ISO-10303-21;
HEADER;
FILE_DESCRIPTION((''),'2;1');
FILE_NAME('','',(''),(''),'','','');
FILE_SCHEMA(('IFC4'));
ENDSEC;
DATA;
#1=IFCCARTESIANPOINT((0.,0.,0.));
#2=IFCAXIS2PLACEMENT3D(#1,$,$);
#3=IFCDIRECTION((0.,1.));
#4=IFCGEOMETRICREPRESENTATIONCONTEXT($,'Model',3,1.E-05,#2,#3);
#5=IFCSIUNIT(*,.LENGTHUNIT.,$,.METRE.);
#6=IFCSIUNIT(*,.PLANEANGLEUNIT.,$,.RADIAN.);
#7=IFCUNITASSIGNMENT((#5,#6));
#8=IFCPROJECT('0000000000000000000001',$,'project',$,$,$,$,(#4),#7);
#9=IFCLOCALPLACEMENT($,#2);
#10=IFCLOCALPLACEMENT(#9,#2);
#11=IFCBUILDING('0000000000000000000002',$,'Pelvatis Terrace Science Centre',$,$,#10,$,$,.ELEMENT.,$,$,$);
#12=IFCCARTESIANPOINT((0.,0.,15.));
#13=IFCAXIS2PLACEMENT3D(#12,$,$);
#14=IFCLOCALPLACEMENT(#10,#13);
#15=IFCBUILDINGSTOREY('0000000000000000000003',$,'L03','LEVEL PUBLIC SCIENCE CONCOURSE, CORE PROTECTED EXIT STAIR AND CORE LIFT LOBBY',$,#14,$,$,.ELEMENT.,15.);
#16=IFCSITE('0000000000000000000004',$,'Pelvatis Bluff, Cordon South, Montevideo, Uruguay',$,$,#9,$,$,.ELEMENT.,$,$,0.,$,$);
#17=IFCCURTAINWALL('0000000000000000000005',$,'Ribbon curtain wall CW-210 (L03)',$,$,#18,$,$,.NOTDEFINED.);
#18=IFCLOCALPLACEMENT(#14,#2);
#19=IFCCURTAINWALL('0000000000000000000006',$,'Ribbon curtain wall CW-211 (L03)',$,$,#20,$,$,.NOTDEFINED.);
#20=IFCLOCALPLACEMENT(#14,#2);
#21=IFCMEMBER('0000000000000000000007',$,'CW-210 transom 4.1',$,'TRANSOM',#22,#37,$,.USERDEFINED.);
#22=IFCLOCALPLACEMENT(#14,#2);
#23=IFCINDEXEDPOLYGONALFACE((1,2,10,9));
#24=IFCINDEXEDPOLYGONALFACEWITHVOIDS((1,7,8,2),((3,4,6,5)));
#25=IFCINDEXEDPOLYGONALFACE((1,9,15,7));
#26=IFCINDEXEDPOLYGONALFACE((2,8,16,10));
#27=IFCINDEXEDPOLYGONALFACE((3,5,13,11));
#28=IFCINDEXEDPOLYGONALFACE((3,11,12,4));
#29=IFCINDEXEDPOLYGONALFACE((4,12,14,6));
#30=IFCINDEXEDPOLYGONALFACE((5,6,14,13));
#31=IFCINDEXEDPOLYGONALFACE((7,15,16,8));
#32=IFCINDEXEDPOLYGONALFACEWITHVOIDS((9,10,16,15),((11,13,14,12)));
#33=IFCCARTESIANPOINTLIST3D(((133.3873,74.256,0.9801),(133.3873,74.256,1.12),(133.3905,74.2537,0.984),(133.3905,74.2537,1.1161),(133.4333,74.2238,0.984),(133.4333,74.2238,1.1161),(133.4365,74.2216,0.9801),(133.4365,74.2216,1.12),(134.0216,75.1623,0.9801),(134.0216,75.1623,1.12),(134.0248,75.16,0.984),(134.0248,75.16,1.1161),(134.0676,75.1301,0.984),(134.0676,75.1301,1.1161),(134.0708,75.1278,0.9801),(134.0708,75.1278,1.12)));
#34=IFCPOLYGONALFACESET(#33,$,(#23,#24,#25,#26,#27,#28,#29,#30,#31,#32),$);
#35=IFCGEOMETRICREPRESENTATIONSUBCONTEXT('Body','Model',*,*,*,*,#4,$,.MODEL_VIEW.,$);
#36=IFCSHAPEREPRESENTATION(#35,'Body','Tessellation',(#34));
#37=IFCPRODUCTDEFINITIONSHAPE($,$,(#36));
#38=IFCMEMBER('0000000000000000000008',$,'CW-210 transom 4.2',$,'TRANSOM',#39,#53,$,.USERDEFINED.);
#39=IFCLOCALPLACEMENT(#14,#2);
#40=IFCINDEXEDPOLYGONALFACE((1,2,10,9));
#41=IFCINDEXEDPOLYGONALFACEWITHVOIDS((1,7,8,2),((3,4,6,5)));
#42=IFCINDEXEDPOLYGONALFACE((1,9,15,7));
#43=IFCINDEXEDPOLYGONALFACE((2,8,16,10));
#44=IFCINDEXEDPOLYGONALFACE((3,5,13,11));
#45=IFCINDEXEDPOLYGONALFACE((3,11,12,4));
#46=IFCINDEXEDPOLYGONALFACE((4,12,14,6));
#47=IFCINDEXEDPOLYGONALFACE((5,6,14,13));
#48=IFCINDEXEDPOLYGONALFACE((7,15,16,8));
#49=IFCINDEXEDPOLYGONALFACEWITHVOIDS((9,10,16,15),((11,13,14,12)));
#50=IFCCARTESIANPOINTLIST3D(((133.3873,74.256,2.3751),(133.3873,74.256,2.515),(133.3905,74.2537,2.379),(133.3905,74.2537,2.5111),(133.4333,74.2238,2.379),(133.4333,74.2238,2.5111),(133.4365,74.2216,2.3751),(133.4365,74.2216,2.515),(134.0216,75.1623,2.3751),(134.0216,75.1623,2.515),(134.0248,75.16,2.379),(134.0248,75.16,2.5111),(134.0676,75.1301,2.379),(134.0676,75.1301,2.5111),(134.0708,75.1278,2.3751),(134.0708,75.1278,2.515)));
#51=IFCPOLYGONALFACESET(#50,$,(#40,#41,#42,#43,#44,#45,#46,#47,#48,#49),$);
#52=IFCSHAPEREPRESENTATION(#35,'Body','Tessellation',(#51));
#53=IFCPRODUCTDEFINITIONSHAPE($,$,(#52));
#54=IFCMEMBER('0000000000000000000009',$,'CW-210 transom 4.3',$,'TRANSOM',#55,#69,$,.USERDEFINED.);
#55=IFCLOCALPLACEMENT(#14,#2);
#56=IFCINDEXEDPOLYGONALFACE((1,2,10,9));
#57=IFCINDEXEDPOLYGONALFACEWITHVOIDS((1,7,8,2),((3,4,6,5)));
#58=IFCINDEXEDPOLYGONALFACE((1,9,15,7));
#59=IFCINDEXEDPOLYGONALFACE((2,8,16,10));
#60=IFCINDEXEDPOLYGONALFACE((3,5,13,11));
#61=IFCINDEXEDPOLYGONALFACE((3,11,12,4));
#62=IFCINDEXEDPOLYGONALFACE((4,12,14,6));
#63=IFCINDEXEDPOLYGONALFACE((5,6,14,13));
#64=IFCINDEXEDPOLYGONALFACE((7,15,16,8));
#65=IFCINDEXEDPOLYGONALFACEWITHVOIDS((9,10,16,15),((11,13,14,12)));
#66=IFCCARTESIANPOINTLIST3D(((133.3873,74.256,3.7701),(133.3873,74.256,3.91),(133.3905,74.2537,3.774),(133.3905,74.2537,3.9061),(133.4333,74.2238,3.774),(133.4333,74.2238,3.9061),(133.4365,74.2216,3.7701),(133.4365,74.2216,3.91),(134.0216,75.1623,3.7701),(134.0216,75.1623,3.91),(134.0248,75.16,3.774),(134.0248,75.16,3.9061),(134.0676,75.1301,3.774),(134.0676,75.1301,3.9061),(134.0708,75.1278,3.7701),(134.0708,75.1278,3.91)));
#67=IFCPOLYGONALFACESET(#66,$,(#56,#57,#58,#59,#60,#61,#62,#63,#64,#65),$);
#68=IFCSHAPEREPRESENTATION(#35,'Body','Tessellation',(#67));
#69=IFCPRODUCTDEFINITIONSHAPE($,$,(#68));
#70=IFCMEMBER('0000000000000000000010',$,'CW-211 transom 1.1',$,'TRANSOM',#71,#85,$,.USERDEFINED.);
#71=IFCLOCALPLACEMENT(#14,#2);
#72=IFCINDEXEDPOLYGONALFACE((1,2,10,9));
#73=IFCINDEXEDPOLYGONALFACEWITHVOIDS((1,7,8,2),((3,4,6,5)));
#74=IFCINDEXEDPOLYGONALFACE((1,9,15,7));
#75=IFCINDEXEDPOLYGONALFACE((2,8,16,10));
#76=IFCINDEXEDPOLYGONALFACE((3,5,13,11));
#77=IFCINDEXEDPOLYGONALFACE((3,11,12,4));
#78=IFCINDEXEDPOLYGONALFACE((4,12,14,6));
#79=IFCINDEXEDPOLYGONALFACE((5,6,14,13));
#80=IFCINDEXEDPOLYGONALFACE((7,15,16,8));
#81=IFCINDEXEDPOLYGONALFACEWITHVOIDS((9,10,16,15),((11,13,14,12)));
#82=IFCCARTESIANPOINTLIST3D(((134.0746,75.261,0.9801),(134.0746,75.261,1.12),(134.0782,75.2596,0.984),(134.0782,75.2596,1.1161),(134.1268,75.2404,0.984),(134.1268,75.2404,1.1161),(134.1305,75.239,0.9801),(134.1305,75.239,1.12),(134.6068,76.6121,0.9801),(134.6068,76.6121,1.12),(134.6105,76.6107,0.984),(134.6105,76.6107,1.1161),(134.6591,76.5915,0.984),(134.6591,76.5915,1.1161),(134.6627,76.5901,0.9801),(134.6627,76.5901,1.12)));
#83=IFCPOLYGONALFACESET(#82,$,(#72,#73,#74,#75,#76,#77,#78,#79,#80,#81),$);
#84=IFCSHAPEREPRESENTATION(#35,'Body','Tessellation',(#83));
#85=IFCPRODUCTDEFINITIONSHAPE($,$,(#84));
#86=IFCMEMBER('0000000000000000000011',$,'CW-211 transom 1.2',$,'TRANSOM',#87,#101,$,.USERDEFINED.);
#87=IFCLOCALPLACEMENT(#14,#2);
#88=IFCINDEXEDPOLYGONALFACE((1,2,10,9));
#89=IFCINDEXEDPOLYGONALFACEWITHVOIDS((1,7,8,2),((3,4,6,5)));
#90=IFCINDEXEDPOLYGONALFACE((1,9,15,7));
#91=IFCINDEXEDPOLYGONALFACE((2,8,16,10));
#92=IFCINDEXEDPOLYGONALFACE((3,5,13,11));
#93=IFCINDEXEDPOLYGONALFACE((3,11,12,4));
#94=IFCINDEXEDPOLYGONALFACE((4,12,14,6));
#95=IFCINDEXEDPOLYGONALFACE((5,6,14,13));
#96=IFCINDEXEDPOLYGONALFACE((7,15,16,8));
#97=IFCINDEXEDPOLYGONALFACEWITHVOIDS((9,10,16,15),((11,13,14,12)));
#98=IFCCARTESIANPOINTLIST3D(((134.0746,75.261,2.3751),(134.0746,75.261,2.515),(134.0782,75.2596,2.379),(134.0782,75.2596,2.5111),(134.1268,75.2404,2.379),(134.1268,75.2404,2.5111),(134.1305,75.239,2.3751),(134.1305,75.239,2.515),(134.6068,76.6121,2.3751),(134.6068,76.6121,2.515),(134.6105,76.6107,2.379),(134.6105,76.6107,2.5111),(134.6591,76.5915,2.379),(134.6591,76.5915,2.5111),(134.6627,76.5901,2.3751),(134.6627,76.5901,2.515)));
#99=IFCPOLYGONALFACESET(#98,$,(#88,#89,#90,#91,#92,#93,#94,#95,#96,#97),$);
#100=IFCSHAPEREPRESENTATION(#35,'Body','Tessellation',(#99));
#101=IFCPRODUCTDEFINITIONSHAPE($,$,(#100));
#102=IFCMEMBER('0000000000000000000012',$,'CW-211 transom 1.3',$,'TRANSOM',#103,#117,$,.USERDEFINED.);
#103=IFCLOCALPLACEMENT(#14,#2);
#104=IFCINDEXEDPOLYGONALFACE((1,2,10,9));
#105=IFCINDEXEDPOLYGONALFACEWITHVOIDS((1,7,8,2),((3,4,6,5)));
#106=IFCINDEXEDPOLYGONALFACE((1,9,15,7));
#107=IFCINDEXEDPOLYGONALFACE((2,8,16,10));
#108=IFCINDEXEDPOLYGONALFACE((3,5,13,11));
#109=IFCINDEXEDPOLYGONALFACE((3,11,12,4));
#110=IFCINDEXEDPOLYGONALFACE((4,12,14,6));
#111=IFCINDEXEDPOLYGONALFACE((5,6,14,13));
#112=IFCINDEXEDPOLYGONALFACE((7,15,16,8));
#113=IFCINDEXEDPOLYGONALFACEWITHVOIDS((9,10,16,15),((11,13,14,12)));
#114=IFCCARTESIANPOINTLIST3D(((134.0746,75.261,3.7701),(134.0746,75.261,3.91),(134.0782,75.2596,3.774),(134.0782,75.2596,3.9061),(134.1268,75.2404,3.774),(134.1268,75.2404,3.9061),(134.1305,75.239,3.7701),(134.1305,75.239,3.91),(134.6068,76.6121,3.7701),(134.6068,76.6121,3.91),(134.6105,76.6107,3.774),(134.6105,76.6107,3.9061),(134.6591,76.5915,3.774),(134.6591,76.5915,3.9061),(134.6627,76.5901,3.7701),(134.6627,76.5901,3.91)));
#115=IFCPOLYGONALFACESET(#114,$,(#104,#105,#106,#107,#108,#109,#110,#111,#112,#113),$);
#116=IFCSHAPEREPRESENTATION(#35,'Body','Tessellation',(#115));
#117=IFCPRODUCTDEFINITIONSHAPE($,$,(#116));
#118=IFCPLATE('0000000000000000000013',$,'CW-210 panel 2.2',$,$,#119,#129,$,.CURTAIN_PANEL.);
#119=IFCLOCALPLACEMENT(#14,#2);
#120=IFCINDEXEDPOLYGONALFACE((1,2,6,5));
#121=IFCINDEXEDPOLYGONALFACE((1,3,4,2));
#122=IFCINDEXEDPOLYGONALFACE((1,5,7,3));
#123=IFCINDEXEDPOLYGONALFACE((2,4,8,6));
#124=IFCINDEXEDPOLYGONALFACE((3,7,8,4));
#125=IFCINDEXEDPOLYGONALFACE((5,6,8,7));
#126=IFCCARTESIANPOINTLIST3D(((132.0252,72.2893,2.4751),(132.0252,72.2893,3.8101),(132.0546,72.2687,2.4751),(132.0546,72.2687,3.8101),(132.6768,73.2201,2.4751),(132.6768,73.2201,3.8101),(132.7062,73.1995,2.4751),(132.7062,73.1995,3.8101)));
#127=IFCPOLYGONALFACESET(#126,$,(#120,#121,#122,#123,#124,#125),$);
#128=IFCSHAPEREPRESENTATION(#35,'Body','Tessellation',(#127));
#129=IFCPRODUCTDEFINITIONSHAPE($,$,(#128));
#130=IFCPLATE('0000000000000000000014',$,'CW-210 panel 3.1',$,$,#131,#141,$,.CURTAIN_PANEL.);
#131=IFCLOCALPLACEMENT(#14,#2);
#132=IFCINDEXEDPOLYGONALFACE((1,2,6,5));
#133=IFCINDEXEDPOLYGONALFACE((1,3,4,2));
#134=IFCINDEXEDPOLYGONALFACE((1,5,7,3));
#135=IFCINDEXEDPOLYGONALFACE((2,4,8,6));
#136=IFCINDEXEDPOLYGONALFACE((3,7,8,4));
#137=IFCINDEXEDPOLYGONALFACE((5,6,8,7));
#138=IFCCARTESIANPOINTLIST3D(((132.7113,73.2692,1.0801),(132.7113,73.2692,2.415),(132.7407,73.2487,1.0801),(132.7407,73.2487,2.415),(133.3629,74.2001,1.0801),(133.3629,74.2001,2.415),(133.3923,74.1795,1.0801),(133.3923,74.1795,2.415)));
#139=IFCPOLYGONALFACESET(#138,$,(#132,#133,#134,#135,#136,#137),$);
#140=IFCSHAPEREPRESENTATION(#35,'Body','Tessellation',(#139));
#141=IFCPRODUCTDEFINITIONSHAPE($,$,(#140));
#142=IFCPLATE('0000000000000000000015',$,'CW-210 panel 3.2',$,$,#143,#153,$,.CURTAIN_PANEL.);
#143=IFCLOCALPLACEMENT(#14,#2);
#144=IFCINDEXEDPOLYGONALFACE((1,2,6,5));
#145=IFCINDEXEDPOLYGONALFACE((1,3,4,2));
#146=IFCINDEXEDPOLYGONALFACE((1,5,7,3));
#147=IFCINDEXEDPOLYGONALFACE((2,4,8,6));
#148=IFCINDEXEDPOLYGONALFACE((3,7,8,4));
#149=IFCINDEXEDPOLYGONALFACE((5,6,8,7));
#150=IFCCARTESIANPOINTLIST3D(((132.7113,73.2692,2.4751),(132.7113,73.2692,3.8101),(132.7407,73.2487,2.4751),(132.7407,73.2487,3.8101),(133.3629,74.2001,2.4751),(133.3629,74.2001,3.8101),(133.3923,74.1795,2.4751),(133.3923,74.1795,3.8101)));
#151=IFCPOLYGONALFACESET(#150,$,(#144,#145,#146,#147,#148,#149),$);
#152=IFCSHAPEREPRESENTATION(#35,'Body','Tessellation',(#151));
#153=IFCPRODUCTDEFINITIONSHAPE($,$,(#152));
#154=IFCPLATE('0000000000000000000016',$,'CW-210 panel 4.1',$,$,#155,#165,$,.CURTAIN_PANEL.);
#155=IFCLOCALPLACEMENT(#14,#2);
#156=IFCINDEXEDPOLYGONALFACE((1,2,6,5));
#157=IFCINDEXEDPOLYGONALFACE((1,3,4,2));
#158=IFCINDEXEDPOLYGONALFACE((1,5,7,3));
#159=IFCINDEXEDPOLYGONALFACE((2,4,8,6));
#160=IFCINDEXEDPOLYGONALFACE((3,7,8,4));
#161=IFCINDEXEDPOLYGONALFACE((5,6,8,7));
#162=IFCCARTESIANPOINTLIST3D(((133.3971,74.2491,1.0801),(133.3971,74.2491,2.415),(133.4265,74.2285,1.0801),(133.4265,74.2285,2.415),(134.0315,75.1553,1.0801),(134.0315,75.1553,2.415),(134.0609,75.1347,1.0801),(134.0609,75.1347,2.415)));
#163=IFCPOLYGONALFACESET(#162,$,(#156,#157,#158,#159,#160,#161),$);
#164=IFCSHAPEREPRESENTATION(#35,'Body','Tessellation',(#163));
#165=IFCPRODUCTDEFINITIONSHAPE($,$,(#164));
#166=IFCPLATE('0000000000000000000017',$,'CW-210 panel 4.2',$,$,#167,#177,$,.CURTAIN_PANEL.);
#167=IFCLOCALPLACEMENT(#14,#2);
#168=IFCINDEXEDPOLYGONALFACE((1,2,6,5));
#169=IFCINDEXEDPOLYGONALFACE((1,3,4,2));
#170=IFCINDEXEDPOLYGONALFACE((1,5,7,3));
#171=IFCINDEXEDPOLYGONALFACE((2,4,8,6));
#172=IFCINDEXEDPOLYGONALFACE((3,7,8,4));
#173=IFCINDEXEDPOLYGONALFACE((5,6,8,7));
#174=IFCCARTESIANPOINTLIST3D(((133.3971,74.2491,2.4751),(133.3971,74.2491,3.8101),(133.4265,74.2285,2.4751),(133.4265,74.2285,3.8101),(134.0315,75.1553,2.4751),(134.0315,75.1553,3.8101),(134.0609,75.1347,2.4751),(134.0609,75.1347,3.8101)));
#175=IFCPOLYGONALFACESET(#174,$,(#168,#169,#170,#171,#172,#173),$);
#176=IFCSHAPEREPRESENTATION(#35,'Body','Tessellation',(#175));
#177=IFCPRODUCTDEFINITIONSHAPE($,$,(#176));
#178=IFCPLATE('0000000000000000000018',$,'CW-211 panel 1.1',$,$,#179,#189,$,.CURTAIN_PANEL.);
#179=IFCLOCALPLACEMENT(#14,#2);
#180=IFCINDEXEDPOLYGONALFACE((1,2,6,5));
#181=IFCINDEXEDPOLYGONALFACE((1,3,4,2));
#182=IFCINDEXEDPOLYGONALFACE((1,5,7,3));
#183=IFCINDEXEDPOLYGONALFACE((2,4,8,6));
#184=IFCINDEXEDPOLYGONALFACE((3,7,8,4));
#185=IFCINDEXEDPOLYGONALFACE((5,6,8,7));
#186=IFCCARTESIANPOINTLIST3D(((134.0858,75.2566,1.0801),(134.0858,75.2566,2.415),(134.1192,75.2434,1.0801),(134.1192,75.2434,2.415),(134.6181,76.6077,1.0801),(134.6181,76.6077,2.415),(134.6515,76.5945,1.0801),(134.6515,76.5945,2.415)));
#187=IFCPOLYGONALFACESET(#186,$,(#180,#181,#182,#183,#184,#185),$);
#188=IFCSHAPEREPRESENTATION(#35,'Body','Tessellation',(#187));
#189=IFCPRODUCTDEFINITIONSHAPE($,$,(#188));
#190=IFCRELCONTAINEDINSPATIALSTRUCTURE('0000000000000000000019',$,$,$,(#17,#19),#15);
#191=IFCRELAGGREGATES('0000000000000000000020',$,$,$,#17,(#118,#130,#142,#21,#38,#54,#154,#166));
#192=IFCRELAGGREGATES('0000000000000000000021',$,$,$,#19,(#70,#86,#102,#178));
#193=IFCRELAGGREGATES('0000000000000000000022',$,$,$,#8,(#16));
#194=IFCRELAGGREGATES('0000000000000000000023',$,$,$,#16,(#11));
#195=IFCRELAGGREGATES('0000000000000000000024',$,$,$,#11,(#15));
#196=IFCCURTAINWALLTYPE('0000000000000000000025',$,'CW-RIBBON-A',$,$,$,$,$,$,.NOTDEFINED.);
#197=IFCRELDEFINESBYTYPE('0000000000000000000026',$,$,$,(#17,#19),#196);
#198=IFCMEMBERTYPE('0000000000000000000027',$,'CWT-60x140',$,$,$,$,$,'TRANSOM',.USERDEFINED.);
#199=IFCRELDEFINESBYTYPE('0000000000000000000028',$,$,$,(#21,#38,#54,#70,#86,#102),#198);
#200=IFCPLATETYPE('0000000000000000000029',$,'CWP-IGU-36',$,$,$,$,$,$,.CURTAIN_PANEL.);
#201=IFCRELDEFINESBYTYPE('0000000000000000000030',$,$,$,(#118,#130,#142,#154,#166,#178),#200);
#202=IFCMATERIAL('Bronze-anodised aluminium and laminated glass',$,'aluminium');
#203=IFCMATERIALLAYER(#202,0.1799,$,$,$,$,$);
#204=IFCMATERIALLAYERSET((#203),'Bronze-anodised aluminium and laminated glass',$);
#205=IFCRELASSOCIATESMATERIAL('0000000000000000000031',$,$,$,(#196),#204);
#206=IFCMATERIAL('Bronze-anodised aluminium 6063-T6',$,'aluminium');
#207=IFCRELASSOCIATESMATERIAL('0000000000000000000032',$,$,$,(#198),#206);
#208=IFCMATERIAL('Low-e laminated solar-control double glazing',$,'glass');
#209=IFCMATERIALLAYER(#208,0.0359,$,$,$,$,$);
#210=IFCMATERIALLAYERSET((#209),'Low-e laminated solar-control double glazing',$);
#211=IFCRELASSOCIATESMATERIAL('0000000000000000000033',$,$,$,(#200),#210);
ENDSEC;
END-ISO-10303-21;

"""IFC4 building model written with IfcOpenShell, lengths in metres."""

from ifc_helpers import new_model, si_unit, direction, frame, origin, origin_2d, place, context, subcontext, project, spatial, rectangle, hollow_rectangle, extrude, material, layer, layer_set, material_profile, profile_set, type_object, element, aggregate, save


model = new_model("IFC4")

# Units and contexts
model_context = context("Model", 3, precision=1e-05, world=origin(), true_north=direction((0.0, 1.0)))
body_context = subcontext(model_context, "Body", "Model", "MODEL_VIEW")
ifc_project = project(units=[si_unit("LENGTHUNIT", "METRE"), si_unit("PLANEANGLEUNIT", "RADIAN")], contexts=[model_context])

# Site, building, storey
site_placement = place(None, origin())
site = spatial("IfcSite", under=ifc_project, at=site_placement, Name="Pelvatis Bluff, Cordon South, Montevideo, Uruguay", CompositionType="ELEMENT", RefElevation=0.0)
building_placement = place(site_placement, origin())
building = spatial("IfcBuilding", under=site, at=building_placement, Name="Pelvatis Terrace Science Centre", CompositionType="ELEMENT")
storey_placement = place(building_placement, frame((0.0, 0.0, 15.0)))
storey = spatial("IfcBuildingStorey", under=building, at=storey_placement, Name="L03", Description="LEVEL PUBLIC SCIENCE CONCOURSE, CORE PROTECTED EXIT STAIR AND CORE LIFT LOBBY", CompositionType="ELEMENT", Elevation=15.0)

# Curtain wall
ifc_material_1 = material(Name="Bronze-anodised aluminium and laminated glass", Category="aluminium")
ifc_layer_1 = layer(ifc_material_1, 0.1799)
ifc_layer_set_1 = layer_set([ifc_layer_1], Name="Bronze-anodised aluminium and laminated glass")
curtain_wall_type = type_object("IfcCurtainWallType", Name="CW-RIBBON-A", PredefinedType="NOTDEFINED", material=ifc_layer_set_1)
curtain_wall_1_placement = place(storey_placement, origin())
curtain_wall_1 = element("IfcCurtainWall", 1, at=curtain_wall_1_placement, inside=storey, type_object=curtain_wall_type, Name="Ribbon curtain wall CW-210 (L03)", PredefinedType="NOTDEFINED")

# Curtain wall
curtain_wall_2_placement = place(storey_placement, origin())
curtain_wall_2 = element("IfcCurtainWall", 2, at=curtain_wall_2_placement, inside=storey, type_object=curtain_wall_type, Name="Ribbon curtain wall CW-211 (L03)", PredefinedType="NOTDEFINED")

# Members
ifc_material_2 = material(Name="Bronze-anodised aluminium 6063-T6", Category="aluminium")
ifc_material_profile_1 = material_profile(ifc_material_2, hollow_rectangle(XDim=0.0601, YDim=0.1399, WallThickness=0.0039, at=origin_2d()), Name="ALU-TRN 60x140")
ifc_profile_set_1 = profile_set([ifc_material_profile_1], Name="Bronze-anodised aluminium 6063-T6")
member_type_1 = type_object("IfcMemberType", Name="CWT-60x140", ElementType="TRANSOM", PredefinedType="USERDEFINED", material=ifc_profile_set_1)
member_1_placement = place(storey_placement, frame((133.4119, 74.2388, 1.05), z_axis=(0.573403, 0.819273, 0.0), x_axis=(-0.819273, 0.573403, 0.0)))
member_1 = element("IfcMember", 3, at=member_1_placement, type_object=member_type_1, Name="CW-210 transom 4.1", ObjectType="TRANSOM", PredefinedType="USERDEFINED", context=body_context, shape_type="SweptSolid", body=[
    extrude(hollow_rectangle(XDim=0.0601, YDim=0.1399, WallThickness=0.0039, at=origin_2d()), origin(), (0.0, 0.0, 1.0), 1.1062),
])
member_2_placement = place(storey_placement, frame((133.4119, 74.2388, 2.4451), z_axis=(0.573403, 0.819273, 0.0), x_axis=(-0.819273, 0.573403, 0.0)))
member_2 = element("IfcMember", 4, at=member_2_placement, type_object=member_type_1, Name="CW-210 transom 4.2", ObjectType="TRANSOM", PredefinedType="USERDEFINED", context=body_context, shape_type="SweptSolid", body=[
    extrude(hollow_rectangle(XDim=0.0601, YDim=0.1399, WallThickness=0.0039, at=origin_2d()), origin(), (0.0, 0.0, 1.0), 1.1062),
])
member_3_placement = place(storey_placement, frame((133.4119, 74.2388, 3.8401), z_axis=(0.573403, 0.819273, 0.0), x_axis=(-0.819273, 0.573403, 0.0)))
member_3 = element("IfcMember", 5, at=member_3_placement, type_object=member_type_1, Name="CW-210 transom 4.3", ObjectType="TRANSOM", PredefinedType="USERDEFINED", context=body_context, shape_type="SweptSolid", body=[
    extrude(hollow_rectangle(XDim=0.0601, YDim=0.1399, WallThickness=0.0039, at=origin_2d()), origin(), (0.0, 0.0, 1.0), 1.1062),
])
member_4_placement = place(storey_placement, frame((134.1025, 75.25, 1.05), z_axis=(0.366516, 0.930412, 0.0), x_axis=(-0.930412, 0.366516, 0.0)))
member_4 = element("IfcMember", 6, at=member_4_placement, type_object=member_type_1, Name="CW-211 transom 1.1", ObjectType="TRANSOM", PredefinedType="USERDEFINED", context=body_context, shape_type="SweptSolid", body=[
    extrude(hollow_rectangle(XDim=0.0601, YDim=0.1399, WallThickness=0.0039, at=origin_2d()), origin(), (0.0, 0.0, 1.0), 1.4521),
])
member_5_placement = place(storey_placement, frame((134.1025, 75.25, 2.4451), z_axis=(0.366516, 0.930412, 0.0), x_axis=(-0.930412, 0.366516, 0.0)))
member_5 = element("IfcMember", 7, at=member_5_placement, type_object=member_type_1, Name="CW-211 transom 1.2", ObjectType="TRANSOM", PredefinedType="USERDEFINED", context=body_context, shape_type="SweptSolid", body=[
    extrude(hollow_rectangle(XDim=0.0601, YDim=0.1399, WallThickness=0.0039, at=origin_2d()), origin(), (0.0, 0.0, 1.0), 1.4521),
])
member_6_placement = place(storey_placement, frame((134.1025, 75.25, 3.8401), z_axis=(0.366516, 0.930412, 0.0), x_axis=(-0.930412, 0.366516, 0.0)))
member_6 = element("IfcMember", 8, at=member_6_placement, type_object=member_type_1, Name="CW-211 transom 1.3", ObjectType="TRANSOM", PredefinedType="USERDEFINED", context=body_context, shape_type="SweptSolid", body=[
    extrude(hollow_rectangle(XDim=0.0601, YDim=0.1399, WallThickness=0.0039, at=origin_2d()), origin(), (0.0, 0.0, 1.0), 1.4521),
])

# Plates
ifc_material_3 = material(Name="Low-e laminated solar-control double glazing", Category="glass")
ifc_layer_2 = layer(ifc_material_3, 0.0359)
ifc_layer_set_2 = layer_set([ifc_layer_2], Name="Low-e laminated solar-control double glazing")
plate_type = type_object("IfcPlateType", Name="CWP-IGU-36", PredefinedType="CURTAIN_PANEL", material=ifc_layer_set_2)
plate_1_placement = place(storey_placement, frame((132.3657, 72.7444, 2.4751), z_axis=(0.0, 0.0, 1.0), x_axis=(0.573468, 0.819228, 0.0)))
plate_1 = element("IfcPlate", 9, at=plate_1_placement, type_object=plate_type, Name="CW-210 panel 2.2", PredefinedType="CURTAIN_PANEL", context=body_context, shape_type="SweptSolid", body=[
    extrude(rectangle(XDim=1.1362, YDim=0.0359, at=origin_2d()), origin(), (0.0, 0.0, 1.0), 1.335),
])
plate_2_placement = place(storey_placement, frame((133.0518, 73.7244, 1.0801), z_axis=(0.0, 0.0, 1.0), x_axis=(0.573468, 0.819228, 0.0)))
plate_2 = element("IfcPlate", 10, at=plate_2_placement, type_object=plate_type, Name="CW-210 panel 3.1", PredefinedType="CURTAIN_PANEL", context=body_context, shape_type="SweptSolid", body=[
    extrude(rectangle(XDim=1.1362, YDim=0.0359, at=origin_2d()), origin(), (0.0, 0.0, 1.0), 1.335),
])
plate_3_placement = place(storey_placement, frame((133.0518, 73.7244, 2.4751), z_axis=(0.0, 0.0, 1.0), x_axis=(0.573468, 0.819228, 0.0)))
plate_3 = element("IfcPlate", 11, at=plate_3_placement, type_object=plate_type, Name="CW-210 panel 3.2", PredefinedType="CURTAIN_PANEL", context=body_context, shape_type="SweptSolid", body=[
    extrude(rectangle(XDim=1.1362, YDim=0.0359, at=origin_2d()), origin(), (0.0, 0.0, 1.0), 1.335),
])
plate_4_placement = place(storey_placement, frame((133.729, 74.6919, 1.0801), z_axis=(0.0, 0.0, 1.0), x_axis=(0.573468, 0.819228, 0.0)))
plate_4 = element("IfcPlate", 12, at=plate_4_placement, type_object=plate_type, Name="CW-210 panel 4.1", PredefinedType="CURTAIN_PANEL", context=body_context, shape_type="SweptSolid", body=[
    extrude(rectangle(XDim=1.1062, YDim=0.0359, at=origin_2d()), origin(), (0.0, 0.0, 1.0), 1.335),
])
plate_5_placement = place(storey_placement, frame((133.729, 74.6919, 2.4751), z_axis=(0.0, 0.0, 1.0), x_axis=(0.573468, 0.819228, 0.0)))
plate_5 = element("IfcPlate", 13, at=plate_5_placement, type_object=plate_type, Name="CW-210 panel 4.2", PredefinedType="CURTAIN_PANEL", context=body_context, shape_type="SweptSolid", body=[
    extrude(rectangle(XDim=1.1062, YDim=0.0359, at=origin_2d()), origin(), (0.0, 0.0, 1.0), 1.335),
])
aggregate(curtain_wall_1, [plate_1, plate_2, plate_3, member_1, member_2, member_3, plate_4, plate_5])
plate_6_placement = place(storey_placement, frame((134.3687, 75.9255, 1.0801), z_axis=(0.0, 0.0, 1.0), x_axis=(0.366541, 0.930402, 0.0)))
plate_6 = element("IfcPlate", 14, at=plate_6_placement, type_object=plate_type, Name="CW-211 panel 1.1", PredefinedType="CURTAIN_PANEL", context=body_context, shape_type="SweptSolid", body=[
    extrude(rectangle(XDim=1.4521, YDim=0.0359, at=origin_2d()), origin(), (0.0, 0.0, 1.0), 1.335),
])
aggregate(curtain_wall_2, [member_4, member_5, member_6, plate_6])

save(model, "model.ifc")
